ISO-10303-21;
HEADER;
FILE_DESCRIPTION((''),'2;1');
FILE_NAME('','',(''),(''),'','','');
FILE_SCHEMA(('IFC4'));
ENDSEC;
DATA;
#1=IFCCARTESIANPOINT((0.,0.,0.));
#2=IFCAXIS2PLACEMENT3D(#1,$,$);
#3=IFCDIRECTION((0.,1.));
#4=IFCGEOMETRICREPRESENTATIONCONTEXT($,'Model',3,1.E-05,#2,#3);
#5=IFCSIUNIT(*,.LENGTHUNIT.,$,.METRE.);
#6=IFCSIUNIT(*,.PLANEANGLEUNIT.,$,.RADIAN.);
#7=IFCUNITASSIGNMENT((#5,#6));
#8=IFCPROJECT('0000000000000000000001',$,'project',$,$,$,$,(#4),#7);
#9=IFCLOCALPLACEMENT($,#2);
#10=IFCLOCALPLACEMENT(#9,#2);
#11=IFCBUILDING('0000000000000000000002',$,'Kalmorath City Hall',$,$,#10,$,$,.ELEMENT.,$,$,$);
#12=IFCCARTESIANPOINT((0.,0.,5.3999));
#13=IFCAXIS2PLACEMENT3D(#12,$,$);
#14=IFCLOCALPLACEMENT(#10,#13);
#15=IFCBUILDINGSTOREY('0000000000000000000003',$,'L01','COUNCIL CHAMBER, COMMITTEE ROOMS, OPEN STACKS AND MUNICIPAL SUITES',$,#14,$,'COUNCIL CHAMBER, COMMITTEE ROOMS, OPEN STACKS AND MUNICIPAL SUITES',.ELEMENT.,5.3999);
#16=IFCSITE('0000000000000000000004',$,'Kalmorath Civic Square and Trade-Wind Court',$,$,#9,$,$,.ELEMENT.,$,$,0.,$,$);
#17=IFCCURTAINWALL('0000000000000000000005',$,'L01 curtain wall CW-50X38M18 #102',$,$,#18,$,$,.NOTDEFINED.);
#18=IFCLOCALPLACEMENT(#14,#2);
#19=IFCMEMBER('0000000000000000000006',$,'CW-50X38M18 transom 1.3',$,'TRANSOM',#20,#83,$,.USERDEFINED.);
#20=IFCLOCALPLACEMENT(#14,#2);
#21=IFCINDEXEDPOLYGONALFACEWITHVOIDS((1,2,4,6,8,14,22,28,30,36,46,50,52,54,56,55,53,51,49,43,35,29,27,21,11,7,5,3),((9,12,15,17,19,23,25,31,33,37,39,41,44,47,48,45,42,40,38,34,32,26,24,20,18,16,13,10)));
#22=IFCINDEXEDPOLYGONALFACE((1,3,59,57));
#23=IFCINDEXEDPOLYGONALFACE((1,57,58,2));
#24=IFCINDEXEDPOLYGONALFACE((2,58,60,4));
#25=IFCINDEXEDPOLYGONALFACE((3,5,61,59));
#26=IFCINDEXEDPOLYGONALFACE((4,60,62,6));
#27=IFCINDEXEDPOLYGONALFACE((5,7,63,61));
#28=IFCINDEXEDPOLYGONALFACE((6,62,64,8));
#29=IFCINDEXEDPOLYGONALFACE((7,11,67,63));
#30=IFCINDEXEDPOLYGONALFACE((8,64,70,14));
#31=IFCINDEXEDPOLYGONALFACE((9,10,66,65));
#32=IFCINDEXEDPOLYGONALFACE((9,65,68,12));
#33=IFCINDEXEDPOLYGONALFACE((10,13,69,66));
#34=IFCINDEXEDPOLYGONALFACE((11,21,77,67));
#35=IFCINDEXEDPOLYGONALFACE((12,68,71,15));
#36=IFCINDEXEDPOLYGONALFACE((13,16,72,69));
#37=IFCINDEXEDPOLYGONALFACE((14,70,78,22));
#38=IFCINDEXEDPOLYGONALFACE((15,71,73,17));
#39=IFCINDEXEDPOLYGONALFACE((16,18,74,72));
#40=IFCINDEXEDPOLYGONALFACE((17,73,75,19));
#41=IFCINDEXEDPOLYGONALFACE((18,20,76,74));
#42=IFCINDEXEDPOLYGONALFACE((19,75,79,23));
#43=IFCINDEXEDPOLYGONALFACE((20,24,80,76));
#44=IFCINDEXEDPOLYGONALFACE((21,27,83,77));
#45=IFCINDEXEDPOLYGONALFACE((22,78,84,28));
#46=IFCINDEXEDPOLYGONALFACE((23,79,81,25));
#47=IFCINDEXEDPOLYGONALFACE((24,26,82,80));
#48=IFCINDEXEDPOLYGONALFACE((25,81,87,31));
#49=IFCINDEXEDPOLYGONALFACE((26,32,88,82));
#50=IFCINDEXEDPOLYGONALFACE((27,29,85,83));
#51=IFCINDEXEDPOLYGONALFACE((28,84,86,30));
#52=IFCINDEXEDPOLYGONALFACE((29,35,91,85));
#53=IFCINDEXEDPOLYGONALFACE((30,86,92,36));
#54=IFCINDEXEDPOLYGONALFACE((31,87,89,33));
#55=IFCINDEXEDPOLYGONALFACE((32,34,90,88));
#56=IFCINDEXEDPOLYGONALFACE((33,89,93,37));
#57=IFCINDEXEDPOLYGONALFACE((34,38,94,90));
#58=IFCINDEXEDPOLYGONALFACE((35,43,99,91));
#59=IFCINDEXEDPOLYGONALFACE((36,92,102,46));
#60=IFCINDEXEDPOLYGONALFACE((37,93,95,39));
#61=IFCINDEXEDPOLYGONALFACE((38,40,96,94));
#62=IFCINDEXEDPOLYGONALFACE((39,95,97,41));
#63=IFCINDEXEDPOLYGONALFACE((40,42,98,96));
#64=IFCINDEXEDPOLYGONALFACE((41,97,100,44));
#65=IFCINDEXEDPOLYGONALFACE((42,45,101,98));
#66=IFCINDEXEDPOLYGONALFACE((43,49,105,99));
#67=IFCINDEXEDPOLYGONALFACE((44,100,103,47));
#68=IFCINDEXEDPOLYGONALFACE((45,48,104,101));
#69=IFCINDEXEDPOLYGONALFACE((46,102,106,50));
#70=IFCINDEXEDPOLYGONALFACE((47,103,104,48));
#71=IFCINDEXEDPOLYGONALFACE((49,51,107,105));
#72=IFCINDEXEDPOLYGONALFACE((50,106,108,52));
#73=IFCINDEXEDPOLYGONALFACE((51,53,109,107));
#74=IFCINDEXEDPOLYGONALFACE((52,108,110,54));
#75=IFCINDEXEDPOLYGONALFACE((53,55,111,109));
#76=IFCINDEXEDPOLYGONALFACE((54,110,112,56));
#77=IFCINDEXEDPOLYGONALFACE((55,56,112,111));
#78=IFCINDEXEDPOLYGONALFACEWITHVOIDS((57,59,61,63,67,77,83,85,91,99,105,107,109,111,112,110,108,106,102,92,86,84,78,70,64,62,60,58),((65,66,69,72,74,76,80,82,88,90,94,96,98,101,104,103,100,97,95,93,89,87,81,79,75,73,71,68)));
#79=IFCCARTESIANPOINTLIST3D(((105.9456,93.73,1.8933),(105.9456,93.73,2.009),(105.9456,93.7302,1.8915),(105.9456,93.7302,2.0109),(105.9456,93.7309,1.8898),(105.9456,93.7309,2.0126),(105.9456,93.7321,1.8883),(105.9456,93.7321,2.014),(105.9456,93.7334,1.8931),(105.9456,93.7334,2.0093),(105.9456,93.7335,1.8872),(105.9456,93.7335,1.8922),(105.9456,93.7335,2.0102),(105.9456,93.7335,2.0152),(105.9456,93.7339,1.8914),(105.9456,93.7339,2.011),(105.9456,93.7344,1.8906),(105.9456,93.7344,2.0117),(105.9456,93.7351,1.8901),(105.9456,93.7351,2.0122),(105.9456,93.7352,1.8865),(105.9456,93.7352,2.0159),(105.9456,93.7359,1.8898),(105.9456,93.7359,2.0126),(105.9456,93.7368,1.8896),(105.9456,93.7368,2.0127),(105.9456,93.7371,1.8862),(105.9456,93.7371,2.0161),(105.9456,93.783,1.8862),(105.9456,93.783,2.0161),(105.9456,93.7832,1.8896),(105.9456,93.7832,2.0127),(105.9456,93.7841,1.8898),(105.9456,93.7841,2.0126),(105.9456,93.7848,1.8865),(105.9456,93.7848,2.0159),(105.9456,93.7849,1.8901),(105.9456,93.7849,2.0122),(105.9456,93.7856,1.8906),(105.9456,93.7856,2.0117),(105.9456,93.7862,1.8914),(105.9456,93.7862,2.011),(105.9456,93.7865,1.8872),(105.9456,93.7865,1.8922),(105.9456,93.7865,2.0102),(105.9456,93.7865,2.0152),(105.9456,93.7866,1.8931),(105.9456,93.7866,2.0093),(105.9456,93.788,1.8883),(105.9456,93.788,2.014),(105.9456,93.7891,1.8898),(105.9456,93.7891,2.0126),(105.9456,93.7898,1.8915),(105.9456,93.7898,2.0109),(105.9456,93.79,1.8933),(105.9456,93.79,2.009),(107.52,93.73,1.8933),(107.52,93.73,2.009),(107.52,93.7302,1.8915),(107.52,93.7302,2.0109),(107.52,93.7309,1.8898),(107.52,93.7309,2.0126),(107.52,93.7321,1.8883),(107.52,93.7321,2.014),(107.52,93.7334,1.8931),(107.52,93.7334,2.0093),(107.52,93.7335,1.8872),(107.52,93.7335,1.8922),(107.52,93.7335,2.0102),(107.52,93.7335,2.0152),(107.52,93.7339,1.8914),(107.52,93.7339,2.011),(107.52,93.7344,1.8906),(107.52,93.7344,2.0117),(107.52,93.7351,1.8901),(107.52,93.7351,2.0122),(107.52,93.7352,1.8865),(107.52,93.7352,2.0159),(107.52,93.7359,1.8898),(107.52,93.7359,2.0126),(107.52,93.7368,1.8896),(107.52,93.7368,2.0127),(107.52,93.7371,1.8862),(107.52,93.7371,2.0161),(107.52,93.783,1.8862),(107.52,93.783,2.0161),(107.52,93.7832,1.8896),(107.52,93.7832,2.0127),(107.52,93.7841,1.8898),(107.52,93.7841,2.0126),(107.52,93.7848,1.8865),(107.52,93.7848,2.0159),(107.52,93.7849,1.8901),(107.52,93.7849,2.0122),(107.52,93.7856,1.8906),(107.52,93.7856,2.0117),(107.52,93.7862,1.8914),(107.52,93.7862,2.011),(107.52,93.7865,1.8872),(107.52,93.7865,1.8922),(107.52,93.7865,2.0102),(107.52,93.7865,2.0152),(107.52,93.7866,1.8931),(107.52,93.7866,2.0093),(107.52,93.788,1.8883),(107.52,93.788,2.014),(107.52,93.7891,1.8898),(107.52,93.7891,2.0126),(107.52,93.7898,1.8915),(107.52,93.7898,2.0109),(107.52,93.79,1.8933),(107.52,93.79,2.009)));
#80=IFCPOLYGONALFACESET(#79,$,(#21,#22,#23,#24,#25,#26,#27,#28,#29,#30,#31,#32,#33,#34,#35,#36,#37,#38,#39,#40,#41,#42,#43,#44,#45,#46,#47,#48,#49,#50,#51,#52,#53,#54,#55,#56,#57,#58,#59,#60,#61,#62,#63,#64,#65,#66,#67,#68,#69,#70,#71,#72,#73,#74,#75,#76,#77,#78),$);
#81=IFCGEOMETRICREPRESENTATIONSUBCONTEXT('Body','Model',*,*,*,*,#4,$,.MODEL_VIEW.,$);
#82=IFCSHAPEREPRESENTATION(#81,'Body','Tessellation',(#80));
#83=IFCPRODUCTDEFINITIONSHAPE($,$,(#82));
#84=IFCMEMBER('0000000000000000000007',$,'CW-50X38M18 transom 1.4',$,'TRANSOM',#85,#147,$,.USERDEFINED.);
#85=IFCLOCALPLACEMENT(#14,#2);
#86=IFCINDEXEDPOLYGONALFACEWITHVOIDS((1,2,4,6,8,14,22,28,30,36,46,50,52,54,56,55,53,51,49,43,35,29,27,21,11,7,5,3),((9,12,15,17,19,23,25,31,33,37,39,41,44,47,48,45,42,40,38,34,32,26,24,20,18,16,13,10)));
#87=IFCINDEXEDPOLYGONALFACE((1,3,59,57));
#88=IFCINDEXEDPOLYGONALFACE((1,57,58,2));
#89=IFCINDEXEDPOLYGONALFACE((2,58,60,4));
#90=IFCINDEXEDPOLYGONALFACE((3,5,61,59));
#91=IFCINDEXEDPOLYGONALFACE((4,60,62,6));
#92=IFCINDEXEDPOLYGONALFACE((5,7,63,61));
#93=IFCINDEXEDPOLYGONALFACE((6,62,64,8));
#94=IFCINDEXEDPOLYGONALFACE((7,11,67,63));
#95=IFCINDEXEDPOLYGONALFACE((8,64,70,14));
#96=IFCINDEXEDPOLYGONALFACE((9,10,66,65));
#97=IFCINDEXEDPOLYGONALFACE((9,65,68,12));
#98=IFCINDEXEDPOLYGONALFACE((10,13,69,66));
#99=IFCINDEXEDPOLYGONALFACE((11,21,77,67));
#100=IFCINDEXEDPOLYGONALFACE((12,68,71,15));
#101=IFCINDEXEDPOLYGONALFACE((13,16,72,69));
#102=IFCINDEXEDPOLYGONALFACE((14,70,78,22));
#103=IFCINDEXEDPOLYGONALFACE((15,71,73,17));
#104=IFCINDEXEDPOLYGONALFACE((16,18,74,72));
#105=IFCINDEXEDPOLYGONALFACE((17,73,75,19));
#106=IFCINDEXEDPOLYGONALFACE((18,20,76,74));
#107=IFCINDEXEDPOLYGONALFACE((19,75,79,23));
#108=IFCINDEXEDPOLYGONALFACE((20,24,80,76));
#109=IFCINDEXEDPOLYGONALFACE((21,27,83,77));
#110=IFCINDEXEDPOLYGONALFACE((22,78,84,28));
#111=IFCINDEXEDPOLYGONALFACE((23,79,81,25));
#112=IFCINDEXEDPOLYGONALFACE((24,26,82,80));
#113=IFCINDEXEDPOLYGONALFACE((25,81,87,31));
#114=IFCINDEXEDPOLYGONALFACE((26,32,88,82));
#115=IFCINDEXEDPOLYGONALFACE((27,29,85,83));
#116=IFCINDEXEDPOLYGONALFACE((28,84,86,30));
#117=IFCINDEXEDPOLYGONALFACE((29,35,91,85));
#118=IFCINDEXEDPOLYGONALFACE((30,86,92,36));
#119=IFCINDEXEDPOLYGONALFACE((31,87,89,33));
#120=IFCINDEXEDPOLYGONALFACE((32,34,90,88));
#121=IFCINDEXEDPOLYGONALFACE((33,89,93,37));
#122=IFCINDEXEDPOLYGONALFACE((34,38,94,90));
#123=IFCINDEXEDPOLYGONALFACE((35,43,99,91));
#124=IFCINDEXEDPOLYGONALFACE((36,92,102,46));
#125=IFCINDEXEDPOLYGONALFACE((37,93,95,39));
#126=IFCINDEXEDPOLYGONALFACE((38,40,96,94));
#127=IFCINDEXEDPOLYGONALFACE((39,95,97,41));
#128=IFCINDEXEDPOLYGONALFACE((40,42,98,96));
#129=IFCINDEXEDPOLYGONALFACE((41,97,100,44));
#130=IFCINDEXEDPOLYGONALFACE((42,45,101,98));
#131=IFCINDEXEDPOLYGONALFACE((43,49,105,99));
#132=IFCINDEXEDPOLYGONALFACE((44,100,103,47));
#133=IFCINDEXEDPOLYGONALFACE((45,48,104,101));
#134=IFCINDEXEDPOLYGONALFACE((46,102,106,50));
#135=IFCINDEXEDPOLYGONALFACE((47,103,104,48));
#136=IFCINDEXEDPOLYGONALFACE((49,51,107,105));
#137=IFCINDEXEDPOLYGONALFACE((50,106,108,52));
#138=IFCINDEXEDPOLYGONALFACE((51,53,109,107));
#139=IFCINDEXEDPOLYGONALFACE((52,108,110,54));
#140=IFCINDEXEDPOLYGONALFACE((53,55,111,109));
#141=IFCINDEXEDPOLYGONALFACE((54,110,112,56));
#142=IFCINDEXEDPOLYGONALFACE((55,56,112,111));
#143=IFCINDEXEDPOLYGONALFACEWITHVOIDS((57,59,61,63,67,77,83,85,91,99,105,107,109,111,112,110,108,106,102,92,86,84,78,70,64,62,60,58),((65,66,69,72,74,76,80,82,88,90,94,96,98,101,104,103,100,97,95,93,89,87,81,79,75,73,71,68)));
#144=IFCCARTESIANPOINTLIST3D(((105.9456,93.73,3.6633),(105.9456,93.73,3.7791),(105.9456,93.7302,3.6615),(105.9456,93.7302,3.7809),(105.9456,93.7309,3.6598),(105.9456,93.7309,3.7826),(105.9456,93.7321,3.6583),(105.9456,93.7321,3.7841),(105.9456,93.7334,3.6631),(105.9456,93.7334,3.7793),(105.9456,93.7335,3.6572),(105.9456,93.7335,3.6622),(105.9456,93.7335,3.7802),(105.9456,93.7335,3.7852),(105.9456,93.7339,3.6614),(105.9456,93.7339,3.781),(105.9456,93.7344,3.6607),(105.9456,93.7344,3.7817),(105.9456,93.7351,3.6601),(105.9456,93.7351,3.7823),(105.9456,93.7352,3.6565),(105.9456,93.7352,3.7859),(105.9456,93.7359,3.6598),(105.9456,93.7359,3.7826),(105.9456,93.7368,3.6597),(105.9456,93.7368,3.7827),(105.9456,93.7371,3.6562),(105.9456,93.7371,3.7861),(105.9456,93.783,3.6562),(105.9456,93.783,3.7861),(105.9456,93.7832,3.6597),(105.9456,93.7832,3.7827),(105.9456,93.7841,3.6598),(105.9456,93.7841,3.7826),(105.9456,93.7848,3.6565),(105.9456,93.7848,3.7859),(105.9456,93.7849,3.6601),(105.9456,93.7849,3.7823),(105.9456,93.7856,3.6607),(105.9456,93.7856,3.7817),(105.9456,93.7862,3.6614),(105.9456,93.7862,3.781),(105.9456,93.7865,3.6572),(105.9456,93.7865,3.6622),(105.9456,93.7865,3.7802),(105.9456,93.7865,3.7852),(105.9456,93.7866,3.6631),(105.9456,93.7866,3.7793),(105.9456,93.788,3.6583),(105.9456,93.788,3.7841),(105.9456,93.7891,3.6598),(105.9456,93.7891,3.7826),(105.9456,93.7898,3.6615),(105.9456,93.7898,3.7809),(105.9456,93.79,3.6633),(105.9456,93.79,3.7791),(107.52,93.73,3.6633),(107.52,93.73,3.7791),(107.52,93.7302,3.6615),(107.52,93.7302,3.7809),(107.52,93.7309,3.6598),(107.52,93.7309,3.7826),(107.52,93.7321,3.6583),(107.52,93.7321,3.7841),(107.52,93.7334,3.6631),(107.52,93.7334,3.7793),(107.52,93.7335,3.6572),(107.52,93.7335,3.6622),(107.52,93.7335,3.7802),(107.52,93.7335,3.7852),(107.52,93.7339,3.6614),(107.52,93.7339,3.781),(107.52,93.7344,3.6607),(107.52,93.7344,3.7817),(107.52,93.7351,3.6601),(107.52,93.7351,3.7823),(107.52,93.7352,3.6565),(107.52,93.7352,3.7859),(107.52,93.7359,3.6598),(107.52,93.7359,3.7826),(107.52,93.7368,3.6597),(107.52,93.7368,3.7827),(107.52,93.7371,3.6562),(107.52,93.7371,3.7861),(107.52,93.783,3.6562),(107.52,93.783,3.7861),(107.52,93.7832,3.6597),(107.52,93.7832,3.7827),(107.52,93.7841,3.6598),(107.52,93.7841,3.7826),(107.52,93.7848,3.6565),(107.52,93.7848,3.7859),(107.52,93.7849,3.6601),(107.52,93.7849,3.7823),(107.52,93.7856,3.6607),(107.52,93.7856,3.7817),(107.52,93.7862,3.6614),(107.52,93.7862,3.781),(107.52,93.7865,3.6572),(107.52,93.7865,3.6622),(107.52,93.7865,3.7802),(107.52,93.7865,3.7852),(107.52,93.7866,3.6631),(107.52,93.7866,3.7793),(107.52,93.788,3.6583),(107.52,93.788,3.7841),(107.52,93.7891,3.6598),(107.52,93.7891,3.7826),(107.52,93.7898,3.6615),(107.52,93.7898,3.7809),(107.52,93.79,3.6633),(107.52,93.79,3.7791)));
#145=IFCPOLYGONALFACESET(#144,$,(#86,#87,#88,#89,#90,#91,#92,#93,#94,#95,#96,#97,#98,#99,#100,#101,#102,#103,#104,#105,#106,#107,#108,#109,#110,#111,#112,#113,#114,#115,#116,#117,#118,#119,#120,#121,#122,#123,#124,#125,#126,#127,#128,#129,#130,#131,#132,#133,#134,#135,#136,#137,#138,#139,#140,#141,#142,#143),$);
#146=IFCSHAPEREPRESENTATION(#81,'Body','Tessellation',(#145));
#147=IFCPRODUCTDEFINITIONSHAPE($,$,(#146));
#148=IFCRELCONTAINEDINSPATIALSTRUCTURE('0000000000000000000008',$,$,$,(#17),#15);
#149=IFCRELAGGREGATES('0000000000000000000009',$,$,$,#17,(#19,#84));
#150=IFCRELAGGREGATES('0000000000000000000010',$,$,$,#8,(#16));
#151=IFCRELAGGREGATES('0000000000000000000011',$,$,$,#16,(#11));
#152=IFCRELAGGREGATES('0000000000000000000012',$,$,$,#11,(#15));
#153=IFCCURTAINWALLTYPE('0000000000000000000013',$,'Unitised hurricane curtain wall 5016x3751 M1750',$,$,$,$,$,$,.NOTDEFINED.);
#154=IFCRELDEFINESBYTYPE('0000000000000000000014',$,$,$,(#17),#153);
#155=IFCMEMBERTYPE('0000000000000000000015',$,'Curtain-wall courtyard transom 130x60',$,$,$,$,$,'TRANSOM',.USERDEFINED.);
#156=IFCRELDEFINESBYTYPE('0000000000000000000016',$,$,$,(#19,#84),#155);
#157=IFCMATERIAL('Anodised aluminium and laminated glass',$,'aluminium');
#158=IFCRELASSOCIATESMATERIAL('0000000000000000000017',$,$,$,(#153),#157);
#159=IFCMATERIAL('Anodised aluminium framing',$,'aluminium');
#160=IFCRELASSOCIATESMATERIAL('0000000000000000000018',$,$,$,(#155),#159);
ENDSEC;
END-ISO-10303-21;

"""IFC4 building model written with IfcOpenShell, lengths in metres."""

from ifc_helpers import new_model, si_unit, direction, frame, origin, origin_2d, place, context, subcontext, project, spatial, hollow_rectangle, extrude, material, material_profile, profile_set, type_object, element, aggregate, save


model = new_model("IFC4")

# Units and contexts
model_context = context("Model", 3, precision=1e-05, world=origin(), true_north=direction((0.0, 1.0)))
body_context = subcontext(model_context, "Body", "Model", "MODEL_VIEW")
ifc_project = project(units=[si_unit("LENGTHUNIT", "METRE"), si_unit("PLANEANGLEUNIT", "RADIAN")], contexts=[model_context])

# Site, building, storey
site_placement = place(None, origin())
site = spatial("IfcSite", under=ifc_project, at=site_placement, Name="Kalmorath Civic Square and Trade-Wind Court", CompositionType="ELEMENT", RefElevation=0.0)
building_placement = place(site_placement, origin())
building = spatial("IfcBuilding", under=site, at=building_placement, Name="Kalmorath City Hall", CompositionType="ELEMENT")
storey_placement = place(building_placement, frame((0.0, 0.0, 5.3999)))
storey = spatial("IfcBuildingStorey", under=building, at=storey_placement, Name="L01", Description="COUNCIL CHAMBER, COMMITTEE ROOMS, OPEN STACKS AND MUNICIPAL SUITES", LongName="COUNCIL CHAMBER, COMMITTEE ROOMS, OPEN STACKS AND MUNICIPAL SUITES", CompositionType="ELEMENT", Elevation=5.3999)

# Curtain wall, members
ifc_material_1 = material(Name="Anodised aluminium and laminated glass", Category="aluminium")
curtain_wall_type = type_object("IfcCurtainWallType", Name="Unitised hurricane curtain wall 5016x3751 M1750", PredefinedType="NOTDEFINED", material=ifc_material_1)
curtain_wall_placement = place(storey_placement, origin())
curtain_wall = element("IfcCurtainWall", 1, at=curtain_wall_placement, inside=storey, type_object=curtain_wall_type, Name="L01 curtain wall CW-50X38M18 #102", PredefinedType="NOTDEFINED")
ifc_material_2 = material(Name="Anodised aluminium framing", Category="aluminium")
ifc_material_profile_1 = material_profile(ifc_material_2, hollow_rectangle(XDim=0.0601, YDim=0.1299, WallThickness=0.0034, InnerFilletRadius=0.0034, OuterFilletRadius=0.0071, at=origin_2d()), Name="ALU-TRN-130X60X3.5")
ifc_profile_set_1 = profile_set([ifc_material_profile_1], Name="Anodised aluminium framing")
member_type_1 = type_object("IfcMemberType", Name="Curtain-wall courtyard transom 130x60", ElementType="TRANSOM", PredefinedType="USERDEFINED", material=ifc_profile_set_1)
member_1_placement = place(storey_placement, frame((107.52, 93.76, 1.9512), z_axis=(-1.0, 0.0, 0.0), x_axis=(0.0, -1.0, 0.0)))
member_1 = element("IfcMember", 2, at=member_1_placement, type_object=member_type_1, Name="CW-50X38M18 transom 1.3", ObjectType="TRANSOM", PredefinedType="USERDEFINED", context=body_context, shape_type="SweptSolid", body=[
    extrude(hollow_rectangle(XDim=0.0601, YDim=0.1299, WallThickness=0.0034, InnerFilletRadius=0.0034, OuterFilletRadius=0.0071, at=origin_2d()), origin(), (0.0, 0.0, 1.0), 1.5745),
])
member_2_placement = place(storey_placement, frame((107.52, 93.76, 3.7212), z_axis=(-1.0, 0.0, 0.0), x_axis=(0.0, -1.0, 0.0)))
member_2 = element("IfcMember", 3, at=member_2_placement, type_object=member_type_1, Name="CW-50X38M18 transom 1.4", ObjectType="TRANSOM", PredefinedType="USERDEFINED", context=body_context, shape_type="SweptSolid", body=[
    extrude(hollow_rectangle(XDim=0.0601, YDim=0.1299, WallThickness=0.0034, InnerFilletRadius=0.0034, OuterFilletRadius=0.0071, at=origin_2d()), origin(), (0.0, 0.0, 1.0), 1.5745),
])
aggregate(curtain_wall, [member_1, member_2])

save(model, "model.ifc")
